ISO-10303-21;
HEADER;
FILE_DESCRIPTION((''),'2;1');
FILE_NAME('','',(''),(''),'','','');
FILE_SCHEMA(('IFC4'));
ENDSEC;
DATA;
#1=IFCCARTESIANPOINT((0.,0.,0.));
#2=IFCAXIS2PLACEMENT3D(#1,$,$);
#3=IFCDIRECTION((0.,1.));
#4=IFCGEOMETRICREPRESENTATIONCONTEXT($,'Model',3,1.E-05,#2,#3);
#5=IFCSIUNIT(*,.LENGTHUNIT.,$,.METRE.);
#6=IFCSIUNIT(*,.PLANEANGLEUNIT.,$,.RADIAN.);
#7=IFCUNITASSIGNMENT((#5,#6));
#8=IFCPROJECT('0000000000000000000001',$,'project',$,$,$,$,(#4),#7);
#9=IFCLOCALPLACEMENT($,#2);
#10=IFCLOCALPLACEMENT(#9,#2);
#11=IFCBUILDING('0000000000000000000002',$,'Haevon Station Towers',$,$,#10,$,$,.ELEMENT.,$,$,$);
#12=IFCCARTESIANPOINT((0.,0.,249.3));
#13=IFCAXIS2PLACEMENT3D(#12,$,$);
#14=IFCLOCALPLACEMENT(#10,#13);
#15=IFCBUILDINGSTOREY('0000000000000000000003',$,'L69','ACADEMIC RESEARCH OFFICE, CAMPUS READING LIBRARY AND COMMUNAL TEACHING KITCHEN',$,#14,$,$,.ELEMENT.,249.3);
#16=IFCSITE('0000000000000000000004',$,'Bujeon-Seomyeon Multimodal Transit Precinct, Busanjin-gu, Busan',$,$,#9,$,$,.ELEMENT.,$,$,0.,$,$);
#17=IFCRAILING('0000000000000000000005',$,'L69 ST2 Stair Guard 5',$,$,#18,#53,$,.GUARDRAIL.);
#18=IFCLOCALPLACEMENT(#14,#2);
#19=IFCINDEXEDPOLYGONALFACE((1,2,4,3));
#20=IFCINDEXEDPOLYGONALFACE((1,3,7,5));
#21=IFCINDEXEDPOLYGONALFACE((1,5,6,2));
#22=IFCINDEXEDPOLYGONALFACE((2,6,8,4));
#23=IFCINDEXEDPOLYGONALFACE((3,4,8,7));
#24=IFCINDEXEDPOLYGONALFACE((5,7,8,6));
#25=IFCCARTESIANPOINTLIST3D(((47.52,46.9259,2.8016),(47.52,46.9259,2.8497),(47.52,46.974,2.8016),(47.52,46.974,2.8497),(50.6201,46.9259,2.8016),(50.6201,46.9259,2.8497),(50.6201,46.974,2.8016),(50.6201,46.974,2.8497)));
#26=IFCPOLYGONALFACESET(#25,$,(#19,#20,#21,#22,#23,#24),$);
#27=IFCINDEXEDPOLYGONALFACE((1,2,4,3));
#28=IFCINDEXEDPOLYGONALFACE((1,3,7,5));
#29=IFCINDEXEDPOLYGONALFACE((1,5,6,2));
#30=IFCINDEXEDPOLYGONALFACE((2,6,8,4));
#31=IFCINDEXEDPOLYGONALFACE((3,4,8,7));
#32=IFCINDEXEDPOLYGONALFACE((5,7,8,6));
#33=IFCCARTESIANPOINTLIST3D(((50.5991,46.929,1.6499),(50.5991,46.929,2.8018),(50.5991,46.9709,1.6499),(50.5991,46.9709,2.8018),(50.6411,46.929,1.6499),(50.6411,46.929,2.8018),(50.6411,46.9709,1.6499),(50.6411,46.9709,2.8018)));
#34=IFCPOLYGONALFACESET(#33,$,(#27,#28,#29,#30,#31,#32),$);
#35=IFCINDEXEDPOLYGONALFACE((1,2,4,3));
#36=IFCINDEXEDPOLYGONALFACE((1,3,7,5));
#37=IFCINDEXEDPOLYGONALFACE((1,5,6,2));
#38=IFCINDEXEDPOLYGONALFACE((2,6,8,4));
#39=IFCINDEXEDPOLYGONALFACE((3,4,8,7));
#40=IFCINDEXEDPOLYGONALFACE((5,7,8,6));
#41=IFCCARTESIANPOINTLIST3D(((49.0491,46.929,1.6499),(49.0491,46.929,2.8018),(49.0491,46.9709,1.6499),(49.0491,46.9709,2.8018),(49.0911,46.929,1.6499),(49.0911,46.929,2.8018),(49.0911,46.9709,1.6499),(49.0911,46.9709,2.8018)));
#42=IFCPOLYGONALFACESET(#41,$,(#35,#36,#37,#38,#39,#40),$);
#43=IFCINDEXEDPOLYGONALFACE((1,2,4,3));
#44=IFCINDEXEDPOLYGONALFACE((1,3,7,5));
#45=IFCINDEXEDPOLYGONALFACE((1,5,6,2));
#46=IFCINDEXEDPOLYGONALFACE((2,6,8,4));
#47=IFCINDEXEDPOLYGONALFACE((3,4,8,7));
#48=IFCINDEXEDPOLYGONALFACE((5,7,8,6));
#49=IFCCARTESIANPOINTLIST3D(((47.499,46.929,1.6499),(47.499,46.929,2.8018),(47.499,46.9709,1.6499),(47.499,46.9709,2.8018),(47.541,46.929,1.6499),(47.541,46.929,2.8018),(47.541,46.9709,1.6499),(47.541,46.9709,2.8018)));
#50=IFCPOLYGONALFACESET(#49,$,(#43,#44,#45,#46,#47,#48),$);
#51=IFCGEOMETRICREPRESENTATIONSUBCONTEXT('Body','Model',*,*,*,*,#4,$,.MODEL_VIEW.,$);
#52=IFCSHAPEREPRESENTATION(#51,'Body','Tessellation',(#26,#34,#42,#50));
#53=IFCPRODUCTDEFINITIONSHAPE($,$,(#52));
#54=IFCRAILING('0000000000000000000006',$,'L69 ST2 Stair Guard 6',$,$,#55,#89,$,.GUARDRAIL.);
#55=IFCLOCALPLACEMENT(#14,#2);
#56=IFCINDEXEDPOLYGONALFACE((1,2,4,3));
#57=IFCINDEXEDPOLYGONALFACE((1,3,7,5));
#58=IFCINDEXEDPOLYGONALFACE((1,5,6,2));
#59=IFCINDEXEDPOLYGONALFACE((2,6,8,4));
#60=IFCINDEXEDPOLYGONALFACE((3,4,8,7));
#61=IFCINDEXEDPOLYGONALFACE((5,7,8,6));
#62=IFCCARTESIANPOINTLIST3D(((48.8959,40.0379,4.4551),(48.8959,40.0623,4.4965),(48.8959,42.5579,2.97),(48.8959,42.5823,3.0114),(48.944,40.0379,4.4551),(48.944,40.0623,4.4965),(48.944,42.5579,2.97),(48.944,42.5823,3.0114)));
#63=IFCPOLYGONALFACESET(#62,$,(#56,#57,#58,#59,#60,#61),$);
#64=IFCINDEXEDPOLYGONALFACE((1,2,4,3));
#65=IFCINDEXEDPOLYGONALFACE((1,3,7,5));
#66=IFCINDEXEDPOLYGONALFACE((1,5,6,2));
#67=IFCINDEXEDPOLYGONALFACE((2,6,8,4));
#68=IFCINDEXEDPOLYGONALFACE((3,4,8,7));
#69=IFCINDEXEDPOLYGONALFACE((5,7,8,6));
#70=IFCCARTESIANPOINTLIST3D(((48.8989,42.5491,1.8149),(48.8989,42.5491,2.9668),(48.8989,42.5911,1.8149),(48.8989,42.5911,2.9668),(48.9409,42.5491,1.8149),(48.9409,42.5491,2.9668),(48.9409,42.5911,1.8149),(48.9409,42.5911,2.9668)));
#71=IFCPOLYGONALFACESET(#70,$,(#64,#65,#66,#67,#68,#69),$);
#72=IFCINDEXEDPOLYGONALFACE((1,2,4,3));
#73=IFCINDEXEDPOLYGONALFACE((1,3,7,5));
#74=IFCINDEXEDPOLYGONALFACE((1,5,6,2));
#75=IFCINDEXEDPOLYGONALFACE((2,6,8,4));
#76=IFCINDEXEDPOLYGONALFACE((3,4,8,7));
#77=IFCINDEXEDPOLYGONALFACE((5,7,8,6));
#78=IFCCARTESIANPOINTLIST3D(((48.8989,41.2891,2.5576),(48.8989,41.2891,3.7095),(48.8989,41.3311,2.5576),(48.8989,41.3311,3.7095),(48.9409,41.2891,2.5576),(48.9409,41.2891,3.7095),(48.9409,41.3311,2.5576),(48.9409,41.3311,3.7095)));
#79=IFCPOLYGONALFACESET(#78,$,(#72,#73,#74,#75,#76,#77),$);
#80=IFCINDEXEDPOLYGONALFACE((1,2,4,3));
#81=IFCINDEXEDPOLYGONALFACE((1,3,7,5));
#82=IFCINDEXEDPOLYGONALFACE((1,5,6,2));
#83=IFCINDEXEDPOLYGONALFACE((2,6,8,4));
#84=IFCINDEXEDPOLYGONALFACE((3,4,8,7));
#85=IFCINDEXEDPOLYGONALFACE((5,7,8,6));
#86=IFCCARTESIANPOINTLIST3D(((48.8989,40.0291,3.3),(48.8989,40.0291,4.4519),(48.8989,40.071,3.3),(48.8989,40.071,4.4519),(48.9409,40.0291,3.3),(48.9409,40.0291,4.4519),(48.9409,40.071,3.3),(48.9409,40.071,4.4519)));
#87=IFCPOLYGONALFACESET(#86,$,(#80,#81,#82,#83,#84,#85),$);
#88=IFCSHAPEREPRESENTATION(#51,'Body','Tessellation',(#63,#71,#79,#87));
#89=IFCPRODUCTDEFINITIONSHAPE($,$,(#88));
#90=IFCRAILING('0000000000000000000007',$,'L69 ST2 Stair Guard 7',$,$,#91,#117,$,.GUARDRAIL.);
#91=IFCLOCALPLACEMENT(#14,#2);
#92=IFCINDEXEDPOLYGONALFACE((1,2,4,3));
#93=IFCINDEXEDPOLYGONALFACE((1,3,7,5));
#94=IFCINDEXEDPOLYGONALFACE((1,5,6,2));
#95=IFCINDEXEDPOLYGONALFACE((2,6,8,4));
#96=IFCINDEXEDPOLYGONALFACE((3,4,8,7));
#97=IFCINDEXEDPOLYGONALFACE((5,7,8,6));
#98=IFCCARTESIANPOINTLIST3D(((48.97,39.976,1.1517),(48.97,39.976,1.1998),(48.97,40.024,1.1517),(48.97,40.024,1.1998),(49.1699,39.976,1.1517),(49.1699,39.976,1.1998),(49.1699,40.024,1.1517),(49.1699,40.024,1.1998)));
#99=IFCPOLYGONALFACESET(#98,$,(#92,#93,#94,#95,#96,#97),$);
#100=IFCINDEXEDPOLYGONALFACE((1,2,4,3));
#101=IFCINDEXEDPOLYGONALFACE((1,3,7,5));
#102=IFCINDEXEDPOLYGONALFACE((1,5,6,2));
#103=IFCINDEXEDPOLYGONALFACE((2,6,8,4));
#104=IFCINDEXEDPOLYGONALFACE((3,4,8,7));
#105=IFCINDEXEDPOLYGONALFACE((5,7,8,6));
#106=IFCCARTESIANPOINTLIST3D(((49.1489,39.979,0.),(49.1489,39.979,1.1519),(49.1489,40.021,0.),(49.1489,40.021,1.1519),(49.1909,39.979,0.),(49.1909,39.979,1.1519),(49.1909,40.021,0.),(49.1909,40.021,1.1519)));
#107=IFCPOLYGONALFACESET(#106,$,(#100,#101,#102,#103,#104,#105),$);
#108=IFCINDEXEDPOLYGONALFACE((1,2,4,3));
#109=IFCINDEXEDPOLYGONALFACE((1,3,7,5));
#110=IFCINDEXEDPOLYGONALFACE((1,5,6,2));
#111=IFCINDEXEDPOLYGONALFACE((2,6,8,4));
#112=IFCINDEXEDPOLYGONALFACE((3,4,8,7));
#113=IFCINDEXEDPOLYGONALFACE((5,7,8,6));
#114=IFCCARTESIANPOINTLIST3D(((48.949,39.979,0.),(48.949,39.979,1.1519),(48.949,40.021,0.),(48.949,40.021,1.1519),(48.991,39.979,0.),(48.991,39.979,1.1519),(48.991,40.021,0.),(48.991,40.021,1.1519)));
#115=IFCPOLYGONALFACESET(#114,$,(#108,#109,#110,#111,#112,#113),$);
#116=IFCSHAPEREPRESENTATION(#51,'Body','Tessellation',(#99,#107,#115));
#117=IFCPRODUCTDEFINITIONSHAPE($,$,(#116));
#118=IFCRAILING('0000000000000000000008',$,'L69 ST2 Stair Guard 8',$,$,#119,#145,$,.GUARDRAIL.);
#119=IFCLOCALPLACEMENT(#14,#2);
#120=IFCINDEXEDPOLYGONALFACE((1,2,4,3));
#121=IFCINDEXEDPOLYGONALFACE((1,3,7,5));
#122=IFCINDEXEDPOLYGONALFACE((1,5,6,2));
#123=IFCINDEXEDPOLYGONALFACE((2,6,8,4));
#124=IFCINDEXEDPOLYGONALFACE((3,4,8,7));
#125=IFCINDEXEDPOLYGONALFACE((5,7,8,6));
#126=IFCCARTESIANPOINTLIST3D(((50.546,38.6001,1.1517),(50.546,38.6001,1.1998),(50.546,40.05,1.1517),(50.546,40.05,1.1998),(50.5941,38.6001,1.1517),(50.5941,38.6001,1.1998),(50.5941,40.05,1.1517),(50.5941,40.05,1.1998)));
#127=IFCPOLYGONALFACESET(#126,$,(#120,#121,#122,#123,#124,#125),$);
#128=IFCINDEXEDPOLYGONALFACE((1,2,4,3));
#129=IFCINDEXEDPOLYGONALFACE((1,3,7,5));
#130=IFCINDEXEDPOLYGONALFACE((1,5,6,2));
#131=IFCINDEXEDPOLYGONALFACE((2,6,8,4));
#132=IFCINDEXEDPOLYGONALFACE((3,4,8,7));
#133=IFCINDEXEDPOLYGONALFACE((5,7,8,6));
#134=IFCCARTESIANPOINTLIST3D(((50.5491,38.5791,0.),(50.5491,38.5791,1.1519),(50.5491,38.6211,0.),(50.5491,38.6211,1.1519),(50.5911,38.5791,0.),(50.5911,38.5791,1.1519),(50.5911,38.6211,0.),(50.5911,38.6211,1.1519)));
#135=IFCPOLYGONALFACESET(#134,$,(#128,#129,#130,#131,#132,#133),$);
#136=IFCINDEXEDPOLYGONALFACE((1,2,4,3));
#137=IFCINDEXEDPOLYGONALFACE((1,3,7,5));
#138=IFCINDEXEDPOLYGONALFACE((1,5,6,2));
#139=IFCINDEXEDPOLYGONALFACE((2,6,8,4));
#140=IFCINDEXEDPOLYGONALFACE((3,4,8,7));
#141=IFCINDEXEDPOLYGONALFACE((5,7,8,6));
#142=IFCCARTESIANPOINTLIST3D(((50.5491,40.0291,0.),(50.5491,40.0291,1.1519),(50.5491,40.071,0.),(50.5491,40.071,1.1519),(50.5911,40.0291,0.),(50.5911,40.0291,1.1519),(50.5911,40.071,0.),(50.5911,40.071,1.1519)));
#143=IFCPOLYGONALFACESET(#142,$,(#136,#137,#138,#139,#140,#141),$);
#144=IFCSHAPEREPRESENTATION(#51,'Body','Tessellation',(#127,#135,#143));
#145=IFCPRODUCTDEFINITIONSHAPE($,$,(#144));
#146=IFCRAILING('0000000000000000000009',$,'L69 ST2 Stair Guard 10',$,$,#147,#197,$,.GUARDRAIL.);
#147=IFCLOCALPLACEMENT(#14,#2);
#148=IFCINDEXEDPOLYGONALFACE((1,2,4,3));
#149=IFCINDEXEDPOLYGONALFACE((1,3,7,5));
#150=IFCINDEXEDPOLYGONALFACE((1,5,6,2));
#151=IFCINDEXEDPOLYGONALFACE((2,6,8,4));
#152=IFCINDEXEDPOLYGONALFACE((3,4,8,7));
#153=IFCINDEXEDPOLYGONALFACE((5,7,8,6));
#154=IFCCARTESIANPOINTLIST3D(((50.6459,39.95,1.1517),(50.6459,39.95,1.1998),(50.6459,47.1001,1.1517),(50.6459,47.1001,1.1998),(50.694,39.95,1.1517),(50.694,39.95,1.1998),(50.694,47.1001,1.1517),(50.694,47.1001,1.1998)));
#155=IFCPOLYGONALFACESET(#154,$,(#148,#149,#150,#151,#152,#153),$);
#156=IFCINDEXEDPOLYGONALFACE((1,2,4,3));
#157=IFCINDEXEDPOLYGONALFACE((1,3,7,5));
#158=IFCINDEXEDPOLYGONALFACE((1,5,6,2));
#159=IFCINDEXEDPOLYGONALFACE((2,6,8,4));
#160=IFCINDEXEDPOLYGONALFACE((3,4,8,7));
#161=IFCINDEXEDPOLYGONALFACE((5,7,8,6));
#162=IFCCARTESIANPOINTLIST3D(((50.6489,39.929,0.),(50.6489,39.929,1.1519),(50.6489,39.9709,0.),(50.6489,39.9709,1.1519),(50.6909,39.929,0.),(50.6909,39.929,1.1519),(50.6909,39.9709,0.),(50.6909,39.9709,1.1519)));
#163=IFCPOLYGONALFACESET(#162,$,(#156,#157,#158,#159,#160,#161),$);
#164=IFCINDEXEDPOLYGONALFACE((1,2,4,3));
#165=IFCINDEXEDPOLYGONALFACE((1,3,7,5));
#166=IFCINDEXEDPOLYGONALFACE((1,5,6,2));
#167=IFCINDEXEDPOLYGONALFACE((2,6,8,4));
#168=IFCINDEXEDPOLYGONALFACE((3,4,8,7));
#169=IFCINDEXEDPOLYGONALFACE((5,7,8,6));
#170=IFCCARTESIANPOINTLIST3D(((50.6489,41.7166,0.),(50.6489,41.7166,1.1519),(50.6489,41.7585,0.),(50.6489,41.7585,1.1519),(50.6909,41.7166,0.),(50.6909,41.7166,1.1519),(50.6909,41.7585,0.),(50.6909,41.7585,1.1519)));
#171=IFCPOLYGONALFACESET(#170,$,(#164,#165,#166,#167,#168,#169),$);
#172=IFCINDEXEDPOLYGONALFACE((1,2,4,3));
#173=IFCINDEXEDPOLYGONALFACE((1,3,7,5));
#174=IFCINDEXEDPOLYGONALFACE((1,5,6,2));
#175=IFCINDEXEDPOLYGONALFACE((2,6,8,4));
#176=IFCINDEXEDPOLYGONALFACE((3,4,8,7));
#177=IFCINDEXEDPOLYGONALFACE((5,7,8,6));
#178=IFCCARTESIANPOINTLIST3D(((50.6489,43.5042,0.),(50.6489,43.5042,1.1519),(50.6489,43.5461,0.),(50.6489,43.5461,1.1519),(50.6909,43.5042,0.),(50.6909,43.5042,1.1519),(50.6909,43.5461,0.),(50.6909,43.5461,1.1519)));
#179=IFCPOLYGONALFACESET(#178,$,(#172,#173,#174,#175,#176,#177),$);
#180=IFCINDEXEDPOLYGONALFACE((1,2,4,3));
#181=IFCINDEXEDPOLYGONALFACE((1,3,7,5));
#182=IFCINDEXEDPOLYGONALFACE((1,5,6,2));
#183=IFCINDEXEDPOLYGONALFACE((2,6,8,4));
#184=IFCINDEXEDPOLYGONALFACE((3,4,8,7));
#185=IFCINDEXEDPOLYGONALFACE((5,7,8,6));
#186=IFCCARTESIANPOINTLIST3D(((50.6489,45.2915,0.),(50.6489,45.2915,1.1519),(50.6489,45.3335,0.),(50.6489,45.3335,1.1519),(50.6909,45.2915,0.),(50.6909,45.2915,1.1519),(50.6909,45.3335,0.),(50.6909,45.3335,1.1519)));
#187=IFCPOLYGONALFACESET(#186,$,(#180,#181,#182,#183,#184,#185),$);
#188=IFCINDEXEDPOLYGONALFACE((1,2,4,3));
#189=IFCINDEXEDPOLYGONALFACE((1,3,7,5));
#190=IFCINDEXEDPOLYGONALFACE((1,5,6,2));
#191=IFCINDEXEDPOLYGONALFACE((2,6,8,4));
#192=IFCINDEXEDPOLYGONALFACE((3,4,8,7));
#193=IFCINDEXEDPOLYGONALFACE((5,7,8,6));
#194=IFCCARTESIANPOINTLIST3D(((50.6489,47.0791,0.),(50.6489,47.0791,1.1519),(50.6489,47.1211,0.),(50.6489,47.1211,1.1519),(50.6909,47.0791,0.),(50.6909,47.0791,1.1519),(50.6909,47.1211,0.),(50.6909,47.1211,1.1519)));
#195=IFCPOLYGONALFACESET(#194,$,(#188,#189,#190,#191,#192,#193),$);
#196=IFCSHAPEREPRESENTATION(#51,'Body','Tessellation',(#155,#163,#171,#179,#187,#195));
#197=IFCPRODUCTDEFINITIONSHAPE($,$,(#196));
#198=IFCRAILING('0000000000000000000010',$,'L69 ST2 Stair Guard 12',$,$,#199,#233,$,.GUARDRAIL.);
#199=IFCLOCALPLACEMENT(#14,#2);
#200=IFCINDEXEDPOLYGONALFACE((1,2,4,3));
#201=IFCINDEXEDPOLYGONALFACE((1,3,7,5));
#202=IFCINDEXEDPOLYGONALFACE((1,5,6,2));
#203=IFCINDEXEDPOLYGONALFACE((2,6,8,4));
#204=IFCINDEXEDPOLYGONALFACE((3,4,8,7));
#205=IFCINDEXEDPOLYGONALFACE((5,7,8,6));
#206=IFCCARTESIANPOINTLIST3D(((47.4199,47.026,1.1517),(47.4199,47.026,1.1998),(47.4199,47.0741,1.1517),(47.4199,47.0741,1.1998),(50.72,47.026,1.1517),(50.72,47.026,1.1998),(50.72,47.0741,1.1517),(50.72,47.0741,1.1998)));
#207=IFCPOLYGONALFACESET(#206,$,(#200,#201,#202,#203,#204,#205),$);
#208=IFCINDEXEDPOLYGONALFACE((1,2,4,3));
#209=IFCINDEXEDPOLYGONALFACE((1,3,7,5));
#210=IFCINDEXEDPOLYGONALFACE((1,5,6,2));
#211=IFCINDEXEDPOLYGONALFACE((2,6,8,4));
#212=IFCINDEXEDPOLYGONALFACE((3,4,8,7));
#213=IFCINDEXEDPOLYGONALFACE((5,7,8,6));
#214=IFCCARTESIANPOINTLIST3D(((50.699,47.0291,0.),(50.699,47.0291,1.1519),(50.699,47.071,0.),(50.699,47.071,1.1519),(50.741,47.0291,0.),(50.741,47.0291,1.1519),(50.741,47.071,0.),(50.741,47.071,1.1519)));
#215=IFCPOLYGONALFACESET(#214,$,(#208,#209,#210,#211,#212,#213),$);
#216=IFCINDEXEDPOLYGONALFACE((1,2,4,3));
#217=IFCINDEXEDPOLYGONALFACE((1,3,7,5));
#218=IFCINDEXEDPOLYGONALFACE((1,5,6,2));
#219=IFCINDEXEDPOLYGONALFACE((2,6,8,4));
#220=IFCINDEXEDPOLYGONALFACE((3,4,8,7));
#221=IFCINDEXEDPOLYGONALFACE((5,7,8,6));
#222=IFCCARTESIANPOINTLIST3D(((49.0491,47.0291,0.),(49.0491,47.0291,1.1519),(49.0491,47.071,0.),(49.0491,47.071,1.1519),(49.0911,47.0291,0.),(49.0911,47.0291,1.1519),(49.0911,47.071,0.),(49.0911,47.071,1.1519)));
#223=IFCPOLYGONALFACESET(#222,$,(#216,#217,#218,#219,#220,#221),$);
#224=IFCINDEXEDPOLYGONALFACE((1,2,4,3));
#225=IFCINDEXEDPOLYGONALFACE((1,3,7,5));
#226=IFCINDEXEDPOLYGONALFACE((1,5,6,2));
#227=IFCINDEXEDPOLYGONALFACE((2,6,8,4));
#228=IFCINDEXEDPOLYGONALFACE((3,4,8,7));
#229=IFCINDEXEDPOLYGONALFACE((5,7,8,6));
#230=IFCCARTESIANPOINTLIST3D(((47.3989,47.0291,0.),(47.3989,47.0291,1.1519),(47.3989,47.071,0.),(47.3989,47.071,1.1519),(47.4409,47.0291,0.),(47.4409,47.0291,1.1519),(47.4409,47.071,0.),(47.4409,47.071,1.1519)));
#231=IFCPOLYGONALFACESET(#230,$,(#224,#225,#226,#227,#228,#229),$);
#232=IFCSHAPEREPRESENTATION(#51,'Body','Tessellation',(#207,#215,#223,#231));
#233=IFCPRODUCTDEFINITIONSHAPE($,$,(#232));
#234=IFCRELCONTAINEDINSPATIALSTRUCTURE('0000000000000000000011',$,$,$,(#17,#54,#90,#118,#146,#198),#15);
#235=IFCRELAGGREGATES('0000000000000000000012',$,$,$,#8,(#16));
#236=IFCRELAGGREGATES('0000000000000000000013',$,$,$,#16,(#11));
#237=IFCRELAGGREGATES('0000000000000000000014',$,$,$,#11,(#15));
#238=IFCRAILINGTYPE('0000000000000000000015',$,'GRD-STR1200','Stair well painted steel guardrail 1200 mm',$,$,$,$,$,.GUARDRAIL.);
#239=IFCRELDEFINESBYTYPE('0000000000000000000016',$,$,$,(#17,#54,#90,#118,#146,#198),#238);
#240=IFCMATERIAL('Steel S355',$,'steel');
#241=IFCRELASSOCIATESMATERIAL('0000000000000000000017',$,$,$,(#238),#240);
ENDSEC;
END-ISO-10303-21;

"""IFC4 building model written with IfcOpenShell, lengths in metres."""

from ifc_helpers import new_model, si_unit, direction, frame, origin, origin_2d, place, context, subcontext, project, spatial, rectangle, extrude, material, type_object, element, save


model = new_model("IFC4")

# Units and contexts
model_context = context("Model", 3, precision=1e-05, world=origin(), true_north=direction((0.0, 1.0)))
body_context = subcontext(model_context, "Body", "Model", "MODEL_VIEW")
ifc_project = project(units=[si_unit("LENGTHUNIT", "METRE"), si_unit("PLANEANGLEUNIT", "RADIAN")], contexts=[model_context])

# Site, building, storey
site_placement = place(None, origin())
site = spatial("IfcSite", under=ifc_project, at=site_placement, Name="Bujeon-Seomyeon Multimodal Transit Precinct, Busanjin-gu, Busan", CompositionType="ELEMENT", RefElevation=0.0)
building_placement = place(site_placement, origin())
building = spatial("IfcBuilding", under=site, at=building_placement, Name="Haevon Station Towers", CompositionType="ELEMENT")
storey_placement = place(building_placement, frame((0.0, 0.0, 249.3)))
storey = spatial("IfcBuildingStorey", under=building, at=storey_placement, Name="L69", Description="ACADEMIC RESEARCH OFFICE, CAMPUS READING LIBRARY AND COMMUNAL TEACHING KITCHEN", CompositionType="ELEMENT", Elevation=249.3)

# Shared definitions
ifc_material_1 = material(Name="Steel S355", Category="steel")

# Railings
railing_type_1 = type_object("IfcRailingType", Name="GRD-STR1200", Description="Stair well painted steel guardrail 1200 mm", PredefinedType="GUARDRAIL", material=ifc_material_1)
railing_1_placement = place(storey_placement, frame((50.6201, 46.95, 1.6499)))
element("IfcRailing", 1, at=railing_1_placement, inside=storey, type_object=railing_type_1, Name="L69 ST2 Stair Guard 5", PredefinedType="GUARDRAIL", context=body_context, shape_type="SweptSolid", body=[
    extrude(rectangle(XDim=0.0481, YDim=0.0481, at=origin_2d()), frame((0.0, 0.0, 1.1758), z_axis=(-1.0, 0.0, 0.0), x_axis=(0.0, -1.0, 0.0)), (0.0, 0.0, 1.0), 3.1001),
    extrude(rectangle(XDim=0.042, YDim=0.042, at=origin_2d()), origin(), (0.0, 0.0, 1.0), 1.1519),
    extrude(rectangle(XDim=0.042, YDim=0.042, at=origin_2d()), frame((-1.55, 0.0, 0.0)), (0.0, 0.0, 1.0), 1.1519),
    extrude(rectangle(XDim=0.042, YDim=0.042, at=origin_2d()), frame((-3.1001, 0.0, 0.0)), (0.0, 0.0, 1.0), 1.1519),
])
railing_2_placement = place(storey_placement, frame((48.9199, 42.5701, 1.8149)))
element("IfcRailing", 2, at=railing_2_placement, inside=storey, type_object=railing_type_1, Name="L69 ST2 Stair Guard 6", PredefinedType="GUARDRAIL", context=body_context, shape_type="SweptSolid", body=[
    extrude(rectangle(XDim=0.0481, YDim=0.0481, at=origin_2d()), frame((0.0, 0.0, 1.1758), z_axis=(0.0, -0.861524, 0.507717), x_axis=(1.0, 0.0, 0.0)), (0.0, 0.0, 1.0), 2.925),
    extrude(rectangle(XDim=0.042, YDim=0.042, at=origin_2d()), origin(), (0.0, 0.0, 1.0), 1.1519),
    extrude(rectangle(XDim=0.042, YDim=0.042, at=origin_2d()), frame((0.0, -1.26, 0.7427)), (0.0, 0.0, 1.0), 1.1519),
    extrude(rectangle(XDim=0.042, YDim=0.042, at=origin_2d()), frame((0.0, -2.52, 1.4851)), (0.0, 0.0, 1.0), 1.1519),
])
railing_3_placement = place(storey_placement, frame((49.1699, 40.0, 0.0)))
element("IfcRailing", 3, at=railing_3_placement, inside=storey, type_object=railing_type_1, Name="L69 ST2 Stair Guard 7", PredefinedType="GUARDRAIL", context=body_context, shape_type="SweptSolid", body=[
    extrude(rectangle(XDim=0.0481, YDim=0.0481, at=origin_2d()), frame((0.0, 0.0, 1.1758), z_axis=(-1.0, 0.0, 0.0), x_axis=(0.0, -1.0, 0.0)), (0.0, 0.0, 1.0), 0.2),
    extrude(rectangle(XDim=0.042, YDim=0.042, at=origin_2d()), origin(), (0.0, 0.0, 1.0), 1.1519),
    extrude(rectangle(XDim=0.042, YDim=0.042, at=origin_2d()), frame((-0.2, 0.0, 0.0)), (0.0, 0.0, 1.0), 1.1519),
])
railing_4_placement = place(storey_placement, frame((50.5701, 38.6001, 0.0)))
element("IfcRailing", 4, at=railing_4_placement, inside=storey, type_object=railing_type_1, Name="L69 ST2 Stair Guard 8", PredefinedType="GUARDRAIL", context=body_context, shape_type="SweptSolid", body=[
    extrude(rectangle(XDim=0.0481, YDim=0.0481, at=origin_2d()), frame((0.0, 0.0, 1.1758), z_axis=(0.0, 1.0, 0.0), x_axis=(-1.0, 0.0, 0.0)), (0.0, 0.0, 1.0), 1.45),
    extrude(rectangle(XDim=0.042, YDim=0.042, at=origin_2d()), origin(), (0.0, 0.0, 1.0), 1.1519),
    extrude(rectangle(XDim=0.042, YDim=0.042, at=origin_2d()), frame((0.0, 1.45, 0.0)), (0.0, 0.0, 1.0), 1.1519),
])
railing_5_placement = place(storey_placement, frame((50.6699, 39.95, 0.0)))
element("IfcRailing", 5, at=railing_5_placement, inside=storey, type_object=railing_type_1, Name="L69 ST2 Stair Guard 10", PredefinedType="GUARDRAIL", context=body_context, shape_type="SweptSolid", body=[
    extrude(rectangle(XDim=0.0481, YDim=0.0481, at=origin_2d()), frame((0.0, 0.0, 1.1758), z_axis=(0.0, 1.0, 0.0), x_axis=(-1.0, 0.0, 0.0)), (0.0, 0.0, 1.0), 7.1501),
    extrude(rectangle(XDim=0.042, YDim=0.042, at=origin_2d()), origin(), (0.0, 0.0, 1.0), 1.1519),
    extrude(rectangle(XDim=0.042, YDim=0.042, at=origin_2d()), frame((0.0, 1.7876, 0.0)), (0.0, 0.0, 1.0), 1.1519),
    extrude(rectangle(XDim=0.042, YDim=0.042, at=origin_2d()), frame((0.0, 3.5752, 0.0)), (0.0, 0.0, 1.0), 1.1519),
    extrude(rectangle(XDim=0.042, YDim=0.042, at=origin_2d()), frame((0.0, 5.3625, 0.0)), (0.0, 0.0, 1.0), 1.1519),
    extrude(rectangle(XDim=0.042, YDim=0.042, at=origin_2d()), frame((0.0, 7.1501, 0.0)), (0.0, 0.0, 1.0), 1.1519),
])
railing_6_placement = place(storey_placement, frame((50.72, 47.05, 0.0)))
element("IfcRailing", 6, at=railing_6_placement, inside=storey, type_object=railing_type_1, Name="L69 ST2 Stair Guard 12", PredefinedType="GUARDRAIL", context=body_context, shape_type="SweptSolid", body=[
    extrude(rectangle(XDim=0.0481, YDim=0.0481, at=origin_2d()), frame((0.0, 0.0, 1.1758), z_axis=(-1.0, 0.0, 0.0), x_axis=(0.0, -1.0, 0.0)), (0.0, 0.0, 1.0), 3.3),
    extrude(rectangle(XDim=0.042, YDim=0.042, at=origin_2d()), origin(), (0.0, 0.0, 1.0), 1.1519),
    extrude(rectangle(XDim=0.042, YDim=0.042, at=origin_2d()), frame((-1.6499, 0.0, 0.0)), (0.0, 0.0, 1.0), 1.1519),
    extrude(rectangle(XDim=0.042, YDim=0.042, at=origin_2d()), frame((-3.3, 0.0, 0.0)), (0.0, 0.0, 1.0), 1.1519),
])

save(model, "model.ifc")
